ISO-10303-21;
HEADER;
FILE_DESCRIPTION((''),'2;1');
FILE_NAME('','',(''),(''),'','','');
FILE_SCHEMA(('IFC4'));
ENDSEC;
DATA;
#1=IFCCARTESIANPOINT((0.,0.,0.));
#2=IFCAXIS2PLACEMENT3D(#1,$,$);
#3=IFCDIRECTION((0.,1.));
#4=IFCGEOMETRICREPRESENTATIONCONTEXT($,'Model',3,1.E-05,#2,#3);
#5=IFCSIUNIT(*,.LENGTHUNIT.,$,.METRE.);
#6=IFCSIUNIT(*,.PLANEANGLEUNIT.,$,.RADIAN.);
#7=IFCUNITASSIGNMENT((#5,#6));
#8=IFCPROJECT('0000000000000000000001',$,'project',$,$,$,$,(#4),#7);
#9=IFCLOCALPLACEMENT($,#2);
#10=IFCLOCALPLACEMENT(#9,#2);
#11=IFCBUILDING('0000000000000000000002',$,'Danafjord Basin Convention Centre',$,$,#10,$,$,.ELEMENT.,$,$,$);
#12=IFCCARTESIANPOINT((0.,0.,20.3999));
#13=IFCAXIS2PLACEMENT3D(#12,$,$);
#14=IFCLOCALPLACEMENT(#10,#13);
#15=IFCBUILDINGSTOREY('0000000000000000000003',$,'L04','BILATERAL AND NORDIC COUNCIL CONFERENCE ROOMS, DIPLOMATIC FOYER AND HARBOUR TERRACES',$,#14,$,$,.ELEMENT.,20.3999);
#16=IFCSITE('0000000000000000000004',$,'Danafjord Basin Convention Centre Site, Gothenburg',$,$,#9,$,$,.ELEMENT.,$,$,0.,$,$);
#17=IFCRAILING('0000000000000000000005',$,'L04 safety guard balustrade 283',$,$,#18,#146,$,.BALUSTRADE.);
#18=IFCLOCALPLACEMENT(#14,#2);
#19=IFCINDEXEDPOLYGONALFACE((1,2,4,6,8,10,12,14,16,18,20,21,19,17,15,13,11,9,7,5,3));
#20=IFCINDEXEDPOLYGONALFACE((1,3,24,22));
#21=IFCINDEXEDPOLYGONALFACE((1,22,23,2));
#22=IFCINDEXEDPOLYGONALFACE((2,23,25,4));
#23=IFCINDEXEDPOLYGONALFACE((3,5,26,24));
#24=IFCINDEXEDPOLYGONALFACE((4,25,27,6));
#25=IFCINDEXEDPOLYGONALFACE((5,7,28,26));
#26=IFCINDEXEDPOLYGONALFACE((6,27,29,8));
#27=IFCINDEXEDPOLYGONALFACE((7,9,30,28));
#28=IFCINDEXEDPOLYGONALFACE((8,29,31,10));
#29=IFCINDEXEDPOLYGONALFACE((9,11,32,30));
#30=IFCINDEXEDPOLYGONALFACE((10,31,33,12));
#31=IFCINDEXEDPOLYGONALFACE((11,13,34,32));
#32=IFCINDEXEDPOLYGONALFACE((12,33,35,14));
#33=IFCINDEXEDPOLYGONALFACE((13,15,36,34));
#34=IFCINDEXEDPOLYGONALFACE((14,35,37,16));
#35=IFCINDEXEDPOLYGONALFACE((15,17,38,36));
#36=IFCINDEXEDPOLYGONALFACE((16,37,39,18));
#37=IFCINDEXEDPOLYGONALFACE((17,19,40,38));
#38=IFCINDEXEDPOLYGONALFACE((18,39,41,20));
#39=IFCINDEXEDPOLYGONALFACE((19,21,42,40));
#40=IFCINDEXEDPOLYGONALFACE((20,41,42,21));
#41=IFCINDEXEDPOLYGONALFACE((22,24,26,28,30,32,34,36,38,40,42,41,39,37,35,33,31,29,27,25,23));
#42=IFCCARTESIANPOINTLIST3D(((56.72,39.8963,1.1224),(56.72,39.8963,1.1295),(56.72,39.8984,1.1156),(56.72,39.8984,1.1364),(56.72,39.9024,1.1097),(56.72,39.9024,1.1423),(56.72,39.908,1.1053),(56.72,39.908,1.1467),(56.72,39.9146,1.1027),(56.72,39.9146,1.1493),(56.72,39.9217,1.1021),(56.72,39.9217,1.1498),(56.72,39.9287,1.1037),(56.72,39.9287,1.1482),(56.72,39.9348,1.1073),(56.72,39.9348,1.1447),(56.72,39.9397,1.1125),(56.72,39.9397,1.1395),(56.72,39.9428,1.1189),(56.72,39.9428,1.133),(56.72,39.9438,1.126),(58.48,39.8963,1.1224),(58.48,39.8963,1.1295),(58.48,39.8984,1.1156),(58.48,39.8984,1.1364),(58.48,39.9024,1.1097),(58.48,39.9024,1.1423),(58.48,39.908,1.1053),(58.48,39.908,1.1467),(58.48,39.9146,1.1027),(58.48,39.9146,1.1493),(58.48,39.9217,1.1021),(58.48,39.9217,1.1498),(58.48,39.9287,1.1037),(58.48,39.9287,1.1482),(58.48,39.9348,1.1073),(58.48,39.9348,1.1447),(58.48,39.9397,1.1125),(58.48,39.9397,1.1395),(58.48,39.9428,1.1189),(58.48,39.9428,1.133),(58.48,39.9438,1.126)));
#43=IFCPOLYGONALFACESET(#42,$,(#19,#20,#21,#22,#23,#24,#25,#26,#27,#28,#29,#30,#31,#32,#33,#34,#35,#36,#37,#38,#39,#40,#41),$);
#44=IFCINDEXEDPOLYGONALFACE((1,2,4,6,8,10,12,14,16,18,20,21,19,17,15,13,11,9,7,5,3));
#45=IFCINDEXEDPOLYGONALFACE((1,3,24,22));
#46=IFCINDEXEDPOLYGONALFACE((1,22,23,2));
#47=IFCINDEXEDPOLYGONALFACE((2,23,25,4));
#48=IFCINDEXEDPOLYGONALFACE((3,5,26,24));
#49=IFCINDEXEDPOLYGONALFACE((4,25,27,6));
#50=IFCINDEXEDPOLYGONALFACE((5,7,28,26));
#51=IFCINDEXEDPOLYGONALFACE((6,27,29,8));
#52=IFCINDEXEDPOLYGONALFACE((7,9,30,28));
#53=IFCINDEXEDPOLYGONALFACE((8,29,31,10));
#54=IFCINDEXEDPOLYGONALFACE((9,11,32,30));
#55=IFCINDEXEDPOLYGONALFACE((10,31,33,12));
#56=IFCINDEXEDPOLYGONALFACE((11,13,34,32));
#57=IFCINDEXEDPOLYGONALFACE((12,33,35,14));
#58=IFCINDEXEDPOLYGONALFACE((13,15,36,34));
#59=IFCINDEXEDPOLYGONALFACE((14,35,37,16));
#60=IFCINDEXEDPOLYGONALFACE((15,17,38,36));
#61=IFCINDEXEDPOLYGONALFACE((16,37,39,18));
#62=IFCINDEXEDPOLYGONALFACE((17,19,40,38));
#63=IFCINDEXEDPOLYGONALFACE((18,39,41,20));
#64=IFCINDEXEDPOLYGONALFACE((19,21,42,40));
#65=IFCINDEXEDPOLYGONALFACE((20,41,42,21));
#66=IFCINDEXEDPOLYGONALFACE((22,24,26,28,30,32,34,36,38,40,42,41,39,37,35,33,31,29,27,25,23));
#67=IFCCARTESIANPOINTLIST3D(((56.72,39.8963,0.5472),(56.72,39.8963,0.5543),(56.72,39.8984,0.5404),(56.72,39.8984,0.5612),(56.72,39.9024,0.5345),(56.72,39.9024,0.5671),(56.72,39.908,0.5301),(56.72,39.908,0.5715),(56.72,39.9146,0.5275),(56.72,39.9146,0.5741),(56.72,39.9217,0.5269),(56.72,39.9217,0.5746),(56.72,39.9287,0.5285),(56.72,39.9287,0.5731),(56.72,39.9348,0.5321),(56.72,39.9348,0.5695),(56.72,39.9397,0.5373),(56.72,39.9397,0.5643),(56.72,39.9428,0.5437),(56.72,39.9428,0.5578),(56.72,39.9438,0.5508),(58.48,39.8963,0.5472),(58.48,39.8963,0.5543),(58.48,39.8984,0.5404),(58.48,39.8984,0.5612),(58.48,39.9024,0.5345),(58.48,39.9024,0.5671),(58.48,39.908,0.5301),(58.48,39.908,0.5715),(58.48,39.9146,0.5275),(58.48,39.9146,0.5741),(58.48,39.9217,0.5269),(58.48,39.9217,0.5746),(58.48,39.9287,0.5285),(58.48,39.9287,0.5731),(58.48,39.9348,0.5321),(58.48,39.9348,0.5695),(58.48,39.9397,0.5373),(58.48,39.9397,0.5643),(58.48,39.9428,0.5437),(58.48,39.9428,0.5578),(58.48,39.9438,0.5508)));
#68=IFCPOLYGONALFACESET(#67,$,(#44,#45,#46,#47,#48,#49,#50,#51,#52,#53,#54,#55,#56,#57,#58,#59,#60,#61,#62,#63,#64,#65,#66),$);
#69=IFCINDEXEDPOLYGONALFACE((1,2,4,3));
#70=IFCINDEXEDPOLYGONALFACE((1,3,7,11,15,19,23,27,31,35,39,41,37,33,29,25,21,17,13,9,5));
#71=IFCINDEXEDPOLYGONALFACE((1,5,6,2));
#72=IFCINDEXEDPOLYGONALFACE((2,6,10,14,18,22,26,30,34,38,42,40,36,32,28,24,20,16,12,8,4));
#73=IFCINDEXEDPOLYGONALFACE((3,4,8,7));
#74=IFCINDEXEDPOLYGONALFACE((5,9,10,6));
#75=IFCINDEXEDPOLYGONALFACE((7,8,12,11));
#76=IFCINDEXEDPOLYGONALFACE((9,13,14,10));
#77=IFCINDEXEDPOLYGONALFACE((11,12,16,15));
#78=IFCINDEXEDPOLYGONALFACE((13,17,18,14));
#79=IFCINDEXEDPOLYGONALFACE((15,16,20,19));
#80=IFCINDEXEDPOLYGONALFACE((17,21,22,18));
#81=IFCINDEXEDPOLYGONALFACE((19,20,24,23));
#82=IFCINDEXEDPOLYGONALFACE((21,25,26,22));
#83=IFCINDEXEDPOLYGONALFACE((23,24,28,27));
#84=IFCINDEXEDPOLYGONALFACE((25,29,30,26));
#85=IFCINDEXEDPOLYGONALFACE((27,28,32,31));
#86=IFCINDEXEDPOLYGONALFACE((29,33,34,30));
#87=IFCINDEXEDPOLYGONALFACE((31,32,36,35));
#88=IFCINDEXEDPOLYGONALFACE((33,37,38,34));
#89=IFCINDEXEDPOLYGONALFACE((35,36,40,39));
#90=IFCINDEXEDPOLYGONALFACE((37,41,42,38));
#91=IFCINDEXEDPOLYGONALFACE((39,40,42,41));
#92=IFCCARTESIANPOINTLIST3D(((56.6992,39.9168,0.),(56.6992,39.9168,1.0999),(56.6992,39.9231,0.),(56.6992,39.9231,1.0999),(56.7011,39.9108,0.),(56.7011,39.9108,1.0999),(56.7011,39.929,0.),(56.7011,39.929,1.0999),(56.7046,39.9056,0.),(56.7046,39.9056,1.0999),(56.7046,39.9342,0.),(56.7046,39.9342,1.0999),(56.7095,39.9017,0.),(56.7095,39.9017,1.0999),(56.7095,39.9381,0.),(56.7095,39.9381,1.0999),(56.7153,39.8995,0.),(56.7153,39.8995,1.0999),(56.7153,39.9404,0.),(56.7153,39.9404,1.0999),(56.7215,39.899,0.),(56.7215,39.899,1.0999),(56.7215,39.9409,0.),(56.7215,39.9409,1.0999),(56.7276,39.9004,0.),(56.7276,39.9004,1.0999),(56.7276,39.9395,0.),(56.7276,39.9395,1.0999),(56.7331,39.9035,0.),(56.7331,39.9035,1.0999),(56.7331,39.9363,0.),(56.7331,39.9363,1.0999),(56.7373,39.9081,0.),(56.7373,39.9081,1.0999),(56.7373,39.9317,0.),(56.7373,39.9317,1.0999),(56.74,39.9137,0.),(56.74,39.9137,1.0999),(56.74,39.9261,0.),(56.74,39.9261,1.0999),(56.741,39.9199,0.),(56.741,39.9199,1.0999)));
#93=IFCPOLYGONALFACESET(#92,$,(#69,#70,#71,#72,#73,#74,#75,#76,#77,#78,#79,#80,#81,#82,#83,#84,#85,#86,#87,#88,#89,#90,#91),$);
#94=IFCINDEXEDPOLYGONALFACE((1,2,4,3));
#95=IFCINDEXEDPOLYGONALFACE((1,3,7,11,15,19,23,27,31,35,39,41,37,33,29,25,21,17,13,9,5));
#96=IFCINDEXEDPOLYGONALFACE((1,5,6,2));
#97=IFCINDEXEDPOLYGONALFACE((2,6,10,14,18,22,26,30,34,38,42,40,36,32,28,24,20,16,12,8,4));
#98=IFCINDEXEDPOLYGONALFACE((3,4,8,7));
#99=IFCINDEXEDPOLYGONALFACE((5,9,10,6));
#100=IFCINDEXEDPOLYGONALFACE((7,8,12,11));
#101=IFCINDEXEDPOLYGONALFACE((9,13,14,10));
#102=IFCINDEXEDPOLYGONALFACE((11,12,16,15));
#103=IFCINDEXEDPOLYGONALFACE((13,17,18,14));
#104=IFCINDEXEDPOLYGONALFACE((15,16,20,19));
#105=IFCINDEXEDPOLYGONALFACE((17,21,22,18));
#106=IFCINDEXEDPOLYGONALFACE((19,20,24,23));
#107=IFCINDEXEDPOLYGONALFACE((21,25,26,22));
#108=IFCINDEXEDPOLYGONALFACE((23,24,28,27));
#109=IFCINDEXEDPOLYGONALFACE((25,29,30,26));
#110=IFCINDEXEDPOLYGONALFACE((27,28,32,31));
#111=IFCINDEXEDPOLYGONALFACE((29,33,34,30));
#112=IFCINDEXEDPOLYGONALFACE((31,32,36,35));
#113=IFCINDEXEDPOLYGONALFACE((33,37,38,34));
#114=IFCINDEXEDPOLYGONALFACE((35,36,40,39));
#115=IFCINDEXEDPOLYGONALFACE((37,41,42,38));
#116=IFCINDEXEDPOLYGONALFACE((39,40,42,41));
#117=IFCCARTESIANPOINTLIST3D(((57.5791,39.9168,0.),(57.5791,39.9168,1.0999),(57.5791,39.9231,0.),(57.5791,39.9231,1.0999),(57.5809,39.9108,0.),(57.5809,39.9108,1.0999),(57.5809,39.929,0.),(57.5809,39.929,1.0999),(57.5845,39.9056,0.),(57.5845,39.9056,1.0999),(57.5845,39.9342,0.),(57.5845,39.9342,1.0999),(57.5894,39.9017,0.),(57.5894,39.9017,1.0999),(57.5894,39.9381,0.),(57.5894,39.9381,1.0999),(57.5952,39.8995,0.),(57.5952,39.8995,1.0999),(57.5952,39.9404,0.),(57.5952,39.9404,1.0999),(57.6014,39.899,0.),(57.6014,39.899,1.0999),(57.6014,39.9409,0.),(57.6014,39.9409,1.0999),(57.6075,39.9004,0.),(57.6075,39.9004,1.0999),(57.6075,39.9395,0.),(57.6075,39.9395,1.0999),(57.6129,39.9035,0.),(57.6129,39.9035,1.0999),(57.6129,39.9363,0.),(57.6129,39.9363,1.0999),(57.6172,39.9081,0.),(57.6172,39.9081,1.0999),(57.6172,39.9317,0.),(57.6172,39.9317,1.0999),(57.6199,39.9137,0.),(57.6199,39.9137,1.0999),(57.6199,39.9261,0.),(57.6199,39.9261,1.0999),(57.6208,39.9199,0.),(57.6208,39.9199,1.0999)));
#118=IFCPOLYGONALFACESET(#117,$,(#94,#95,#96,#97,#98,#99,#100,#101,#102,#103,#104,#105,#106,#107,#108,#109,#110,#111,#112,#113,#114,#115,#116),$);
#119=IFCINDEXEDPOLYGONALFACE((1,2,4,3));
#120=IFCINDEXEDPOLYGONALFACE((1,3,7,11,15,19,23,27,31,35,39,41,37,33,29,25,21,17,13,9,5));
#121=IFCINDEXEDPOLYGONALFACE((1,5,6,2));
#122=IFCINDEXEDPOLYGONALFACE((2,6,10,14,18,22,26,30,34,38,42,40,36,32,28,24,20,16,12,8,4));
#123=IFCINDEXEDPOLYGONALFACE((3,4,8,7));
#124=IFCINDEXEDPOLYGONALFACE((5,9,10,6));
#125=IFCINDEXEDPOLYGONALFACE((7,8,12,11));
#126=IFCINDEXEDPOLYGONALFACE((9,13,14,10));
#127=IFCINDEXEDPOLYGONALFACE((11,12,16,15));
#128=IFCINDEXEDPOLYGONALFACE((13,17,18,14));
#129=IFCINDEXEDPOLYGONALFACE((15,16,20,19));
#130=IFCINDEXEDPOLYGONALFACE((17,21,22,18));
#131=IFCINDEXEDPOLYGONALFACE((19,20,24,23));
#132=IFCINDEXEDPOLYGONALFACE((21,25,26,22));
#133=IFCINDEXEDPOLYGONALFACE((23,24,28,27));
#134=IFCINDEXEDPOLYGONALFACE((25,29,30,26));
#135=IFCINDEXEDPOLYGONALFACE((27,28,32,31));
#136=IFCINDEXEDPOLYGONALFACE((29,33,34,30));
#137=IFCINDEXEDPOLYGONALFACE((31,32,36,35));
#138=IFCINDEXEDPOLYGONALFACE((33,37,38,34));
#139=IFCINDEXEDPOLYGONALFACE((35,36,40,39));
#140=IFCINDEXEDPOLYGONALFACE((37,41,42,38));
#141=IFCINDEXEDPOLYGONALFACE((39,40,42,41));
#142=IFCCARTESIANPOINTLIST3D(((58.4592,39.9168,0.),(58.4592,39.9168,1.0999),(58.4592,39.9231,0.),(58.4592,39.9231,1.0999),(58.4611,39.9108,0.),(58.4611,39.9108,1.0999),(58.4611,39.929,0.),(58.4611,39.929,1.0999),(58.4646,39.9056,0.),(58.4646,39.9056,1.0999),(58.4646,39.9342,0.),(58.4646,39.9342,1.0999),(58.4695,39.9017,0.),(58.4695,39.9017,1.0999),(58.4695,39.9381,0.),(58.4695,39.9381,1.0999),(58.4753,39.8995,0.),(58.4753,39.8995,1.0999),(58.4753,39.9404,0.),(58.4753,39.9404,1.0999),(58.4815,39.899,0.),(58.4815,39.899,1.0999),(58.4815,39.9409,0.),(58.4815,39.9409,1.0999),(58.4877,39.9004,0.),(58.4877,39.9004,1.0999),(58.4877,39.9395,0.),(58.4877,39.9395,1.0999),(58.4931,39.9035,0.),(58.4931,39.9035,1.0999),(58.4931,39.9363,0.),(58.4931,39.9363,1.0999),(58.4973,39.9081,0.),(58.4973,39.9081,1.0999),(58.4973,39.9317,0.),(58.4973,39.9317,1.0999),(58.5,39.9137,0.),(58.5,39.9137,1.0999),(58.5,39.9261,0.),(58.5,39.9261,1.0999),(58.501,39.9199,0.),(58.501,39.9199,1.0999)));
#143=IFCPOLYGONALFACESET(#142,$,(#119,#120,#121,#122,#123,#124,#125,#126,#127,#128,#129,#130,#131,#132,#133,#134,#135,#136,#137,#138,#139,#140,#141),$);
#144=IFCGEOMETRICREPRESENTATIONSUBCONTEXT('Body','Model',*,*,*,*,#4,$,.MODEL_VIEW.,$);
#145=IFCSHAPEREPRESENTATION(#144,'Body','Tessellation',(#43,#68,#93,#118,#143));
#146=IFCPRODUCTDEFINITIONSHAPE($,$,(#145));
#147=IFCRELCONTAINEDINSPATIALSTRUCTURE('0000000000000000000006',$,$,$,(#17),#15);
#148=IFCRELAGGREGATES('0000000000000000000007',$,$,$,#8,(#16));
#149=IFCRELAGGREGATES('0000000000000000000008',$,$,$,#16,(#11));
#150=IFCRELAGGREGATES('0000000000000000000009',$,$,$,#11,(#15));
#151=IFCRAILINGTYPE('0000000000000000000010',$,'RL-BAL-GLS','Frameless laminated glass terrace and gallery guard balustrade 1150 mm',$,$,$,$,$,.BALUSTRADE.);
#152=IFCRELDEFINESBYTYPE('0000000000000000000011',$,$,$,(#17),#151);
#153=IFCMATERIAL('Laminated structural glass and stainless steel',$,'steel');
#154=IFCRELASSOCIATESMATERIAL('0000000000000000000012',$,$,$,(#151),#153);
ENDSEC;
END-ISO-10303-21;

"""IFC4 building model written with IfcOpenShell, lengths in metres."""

from ifc_helpers import new_model, si_unit, direction, frame, origin, origin_2d, place, context, subcontext, project, spatial, circle, extrude, material, type_object, element, save


model = new_model("IFC4")

# Units and contexts
model_context = context("Model", 3, precision=1e-05, world=origin(), true_north=direction((0.0, 1.0)))
body_context = subcontext(model_context, "Body", "Model", "MODEL_VIEW")
ifc_project = project(units=[si_unit("LENGTHUNIT", "METRE"), si_unit("PLANEANGLEUNIT", "RADIAN")], contexts=[model_context])

# Site, building, storey
site_placement = place(None, origin())
site = spatial("IfcSite", under=ifc_project, at=site_placement, Name="Danafjord Basin Convention Centre Site, Gothenburg", CompositionType="ELEMENT", RefElevation=0.0)
building_placement = place(site_placement, origin())
building = spatial("IfcBuilding", under=site, at=building_placement, Name="Danafjord Basin Convention Centre", CompositionType="ELEMENT")
storey_placement = place(building_placement, frame((0.0, 0.0, 20.3999)))
storey = spatial("IfcBuildingStorey", under=building, at=storey_placement, Name="L04", Description="BILATERAL AND NORDIC COUNCIL CONFERENCE ROOMS, DIPLOMATIC FOYER AND HARBOUR TERRACES", CompositionType="ELEMENT", Elevation=20.3999)

# Railing
ifc_material_1 = material(Name="Laminated structural glass and stainless steel", Category="steel")
railing_type_1 = type_object("IfcRailingType", Name="RL-BAL-GLS", Description="Frameless laminated glass terrace and gallery guard balustrade 1150 mm", PredefinedType="BALUSTRADE", material=ifc_material_1)
railing_1_placement = place(storey_placement, frame((56.72, 39.9199, 0.0)))
element("IfcRailing", 1, at=railing_1_placement, inside=storey, type_object=railing_type_1, Name="L04 safety guard balustrade 283", PredefinedType="BALUSTRADE", context=body_context, shape_type="SweptSolid", body=[
    extrude(circle(Radius=0.0239, at=origin_2d()), frame((0.0, 0.0, 1.126), z_axis=(1.0, 0.0, 0.0), x_axis=(0.0, 1.0, 0.0)), (0.0, 0.0, 1.0), 1.76),
    extrude(circle(Radius=0.0239, at=origin_2d()), frame((0.0, 0.0, 0.5508), z_axis=(1.0, 0.0, 0.0), x_axis=(0.0, 1.0, 0.0)), (0.0, 0.0, 1.0), 1.76),
    extrude(circle(Radius=0.021, at=origin_2d()), origin(), (0.0, 0.0, 1.0), 1.0999),
    extrude(circle(Radius=0.021, at=origin_2d()), frame((0.8799, 0.0, 0.0)), (0.0, 0.0, 1.0), 1.0999),
    extrude(circle(Radius=0.021, at=origin_2d()), frame((1.76, 0.0, 0.0)), (0.0, 0.0, 1.0), 1.0999),
])

save(model, "model.ifc")
